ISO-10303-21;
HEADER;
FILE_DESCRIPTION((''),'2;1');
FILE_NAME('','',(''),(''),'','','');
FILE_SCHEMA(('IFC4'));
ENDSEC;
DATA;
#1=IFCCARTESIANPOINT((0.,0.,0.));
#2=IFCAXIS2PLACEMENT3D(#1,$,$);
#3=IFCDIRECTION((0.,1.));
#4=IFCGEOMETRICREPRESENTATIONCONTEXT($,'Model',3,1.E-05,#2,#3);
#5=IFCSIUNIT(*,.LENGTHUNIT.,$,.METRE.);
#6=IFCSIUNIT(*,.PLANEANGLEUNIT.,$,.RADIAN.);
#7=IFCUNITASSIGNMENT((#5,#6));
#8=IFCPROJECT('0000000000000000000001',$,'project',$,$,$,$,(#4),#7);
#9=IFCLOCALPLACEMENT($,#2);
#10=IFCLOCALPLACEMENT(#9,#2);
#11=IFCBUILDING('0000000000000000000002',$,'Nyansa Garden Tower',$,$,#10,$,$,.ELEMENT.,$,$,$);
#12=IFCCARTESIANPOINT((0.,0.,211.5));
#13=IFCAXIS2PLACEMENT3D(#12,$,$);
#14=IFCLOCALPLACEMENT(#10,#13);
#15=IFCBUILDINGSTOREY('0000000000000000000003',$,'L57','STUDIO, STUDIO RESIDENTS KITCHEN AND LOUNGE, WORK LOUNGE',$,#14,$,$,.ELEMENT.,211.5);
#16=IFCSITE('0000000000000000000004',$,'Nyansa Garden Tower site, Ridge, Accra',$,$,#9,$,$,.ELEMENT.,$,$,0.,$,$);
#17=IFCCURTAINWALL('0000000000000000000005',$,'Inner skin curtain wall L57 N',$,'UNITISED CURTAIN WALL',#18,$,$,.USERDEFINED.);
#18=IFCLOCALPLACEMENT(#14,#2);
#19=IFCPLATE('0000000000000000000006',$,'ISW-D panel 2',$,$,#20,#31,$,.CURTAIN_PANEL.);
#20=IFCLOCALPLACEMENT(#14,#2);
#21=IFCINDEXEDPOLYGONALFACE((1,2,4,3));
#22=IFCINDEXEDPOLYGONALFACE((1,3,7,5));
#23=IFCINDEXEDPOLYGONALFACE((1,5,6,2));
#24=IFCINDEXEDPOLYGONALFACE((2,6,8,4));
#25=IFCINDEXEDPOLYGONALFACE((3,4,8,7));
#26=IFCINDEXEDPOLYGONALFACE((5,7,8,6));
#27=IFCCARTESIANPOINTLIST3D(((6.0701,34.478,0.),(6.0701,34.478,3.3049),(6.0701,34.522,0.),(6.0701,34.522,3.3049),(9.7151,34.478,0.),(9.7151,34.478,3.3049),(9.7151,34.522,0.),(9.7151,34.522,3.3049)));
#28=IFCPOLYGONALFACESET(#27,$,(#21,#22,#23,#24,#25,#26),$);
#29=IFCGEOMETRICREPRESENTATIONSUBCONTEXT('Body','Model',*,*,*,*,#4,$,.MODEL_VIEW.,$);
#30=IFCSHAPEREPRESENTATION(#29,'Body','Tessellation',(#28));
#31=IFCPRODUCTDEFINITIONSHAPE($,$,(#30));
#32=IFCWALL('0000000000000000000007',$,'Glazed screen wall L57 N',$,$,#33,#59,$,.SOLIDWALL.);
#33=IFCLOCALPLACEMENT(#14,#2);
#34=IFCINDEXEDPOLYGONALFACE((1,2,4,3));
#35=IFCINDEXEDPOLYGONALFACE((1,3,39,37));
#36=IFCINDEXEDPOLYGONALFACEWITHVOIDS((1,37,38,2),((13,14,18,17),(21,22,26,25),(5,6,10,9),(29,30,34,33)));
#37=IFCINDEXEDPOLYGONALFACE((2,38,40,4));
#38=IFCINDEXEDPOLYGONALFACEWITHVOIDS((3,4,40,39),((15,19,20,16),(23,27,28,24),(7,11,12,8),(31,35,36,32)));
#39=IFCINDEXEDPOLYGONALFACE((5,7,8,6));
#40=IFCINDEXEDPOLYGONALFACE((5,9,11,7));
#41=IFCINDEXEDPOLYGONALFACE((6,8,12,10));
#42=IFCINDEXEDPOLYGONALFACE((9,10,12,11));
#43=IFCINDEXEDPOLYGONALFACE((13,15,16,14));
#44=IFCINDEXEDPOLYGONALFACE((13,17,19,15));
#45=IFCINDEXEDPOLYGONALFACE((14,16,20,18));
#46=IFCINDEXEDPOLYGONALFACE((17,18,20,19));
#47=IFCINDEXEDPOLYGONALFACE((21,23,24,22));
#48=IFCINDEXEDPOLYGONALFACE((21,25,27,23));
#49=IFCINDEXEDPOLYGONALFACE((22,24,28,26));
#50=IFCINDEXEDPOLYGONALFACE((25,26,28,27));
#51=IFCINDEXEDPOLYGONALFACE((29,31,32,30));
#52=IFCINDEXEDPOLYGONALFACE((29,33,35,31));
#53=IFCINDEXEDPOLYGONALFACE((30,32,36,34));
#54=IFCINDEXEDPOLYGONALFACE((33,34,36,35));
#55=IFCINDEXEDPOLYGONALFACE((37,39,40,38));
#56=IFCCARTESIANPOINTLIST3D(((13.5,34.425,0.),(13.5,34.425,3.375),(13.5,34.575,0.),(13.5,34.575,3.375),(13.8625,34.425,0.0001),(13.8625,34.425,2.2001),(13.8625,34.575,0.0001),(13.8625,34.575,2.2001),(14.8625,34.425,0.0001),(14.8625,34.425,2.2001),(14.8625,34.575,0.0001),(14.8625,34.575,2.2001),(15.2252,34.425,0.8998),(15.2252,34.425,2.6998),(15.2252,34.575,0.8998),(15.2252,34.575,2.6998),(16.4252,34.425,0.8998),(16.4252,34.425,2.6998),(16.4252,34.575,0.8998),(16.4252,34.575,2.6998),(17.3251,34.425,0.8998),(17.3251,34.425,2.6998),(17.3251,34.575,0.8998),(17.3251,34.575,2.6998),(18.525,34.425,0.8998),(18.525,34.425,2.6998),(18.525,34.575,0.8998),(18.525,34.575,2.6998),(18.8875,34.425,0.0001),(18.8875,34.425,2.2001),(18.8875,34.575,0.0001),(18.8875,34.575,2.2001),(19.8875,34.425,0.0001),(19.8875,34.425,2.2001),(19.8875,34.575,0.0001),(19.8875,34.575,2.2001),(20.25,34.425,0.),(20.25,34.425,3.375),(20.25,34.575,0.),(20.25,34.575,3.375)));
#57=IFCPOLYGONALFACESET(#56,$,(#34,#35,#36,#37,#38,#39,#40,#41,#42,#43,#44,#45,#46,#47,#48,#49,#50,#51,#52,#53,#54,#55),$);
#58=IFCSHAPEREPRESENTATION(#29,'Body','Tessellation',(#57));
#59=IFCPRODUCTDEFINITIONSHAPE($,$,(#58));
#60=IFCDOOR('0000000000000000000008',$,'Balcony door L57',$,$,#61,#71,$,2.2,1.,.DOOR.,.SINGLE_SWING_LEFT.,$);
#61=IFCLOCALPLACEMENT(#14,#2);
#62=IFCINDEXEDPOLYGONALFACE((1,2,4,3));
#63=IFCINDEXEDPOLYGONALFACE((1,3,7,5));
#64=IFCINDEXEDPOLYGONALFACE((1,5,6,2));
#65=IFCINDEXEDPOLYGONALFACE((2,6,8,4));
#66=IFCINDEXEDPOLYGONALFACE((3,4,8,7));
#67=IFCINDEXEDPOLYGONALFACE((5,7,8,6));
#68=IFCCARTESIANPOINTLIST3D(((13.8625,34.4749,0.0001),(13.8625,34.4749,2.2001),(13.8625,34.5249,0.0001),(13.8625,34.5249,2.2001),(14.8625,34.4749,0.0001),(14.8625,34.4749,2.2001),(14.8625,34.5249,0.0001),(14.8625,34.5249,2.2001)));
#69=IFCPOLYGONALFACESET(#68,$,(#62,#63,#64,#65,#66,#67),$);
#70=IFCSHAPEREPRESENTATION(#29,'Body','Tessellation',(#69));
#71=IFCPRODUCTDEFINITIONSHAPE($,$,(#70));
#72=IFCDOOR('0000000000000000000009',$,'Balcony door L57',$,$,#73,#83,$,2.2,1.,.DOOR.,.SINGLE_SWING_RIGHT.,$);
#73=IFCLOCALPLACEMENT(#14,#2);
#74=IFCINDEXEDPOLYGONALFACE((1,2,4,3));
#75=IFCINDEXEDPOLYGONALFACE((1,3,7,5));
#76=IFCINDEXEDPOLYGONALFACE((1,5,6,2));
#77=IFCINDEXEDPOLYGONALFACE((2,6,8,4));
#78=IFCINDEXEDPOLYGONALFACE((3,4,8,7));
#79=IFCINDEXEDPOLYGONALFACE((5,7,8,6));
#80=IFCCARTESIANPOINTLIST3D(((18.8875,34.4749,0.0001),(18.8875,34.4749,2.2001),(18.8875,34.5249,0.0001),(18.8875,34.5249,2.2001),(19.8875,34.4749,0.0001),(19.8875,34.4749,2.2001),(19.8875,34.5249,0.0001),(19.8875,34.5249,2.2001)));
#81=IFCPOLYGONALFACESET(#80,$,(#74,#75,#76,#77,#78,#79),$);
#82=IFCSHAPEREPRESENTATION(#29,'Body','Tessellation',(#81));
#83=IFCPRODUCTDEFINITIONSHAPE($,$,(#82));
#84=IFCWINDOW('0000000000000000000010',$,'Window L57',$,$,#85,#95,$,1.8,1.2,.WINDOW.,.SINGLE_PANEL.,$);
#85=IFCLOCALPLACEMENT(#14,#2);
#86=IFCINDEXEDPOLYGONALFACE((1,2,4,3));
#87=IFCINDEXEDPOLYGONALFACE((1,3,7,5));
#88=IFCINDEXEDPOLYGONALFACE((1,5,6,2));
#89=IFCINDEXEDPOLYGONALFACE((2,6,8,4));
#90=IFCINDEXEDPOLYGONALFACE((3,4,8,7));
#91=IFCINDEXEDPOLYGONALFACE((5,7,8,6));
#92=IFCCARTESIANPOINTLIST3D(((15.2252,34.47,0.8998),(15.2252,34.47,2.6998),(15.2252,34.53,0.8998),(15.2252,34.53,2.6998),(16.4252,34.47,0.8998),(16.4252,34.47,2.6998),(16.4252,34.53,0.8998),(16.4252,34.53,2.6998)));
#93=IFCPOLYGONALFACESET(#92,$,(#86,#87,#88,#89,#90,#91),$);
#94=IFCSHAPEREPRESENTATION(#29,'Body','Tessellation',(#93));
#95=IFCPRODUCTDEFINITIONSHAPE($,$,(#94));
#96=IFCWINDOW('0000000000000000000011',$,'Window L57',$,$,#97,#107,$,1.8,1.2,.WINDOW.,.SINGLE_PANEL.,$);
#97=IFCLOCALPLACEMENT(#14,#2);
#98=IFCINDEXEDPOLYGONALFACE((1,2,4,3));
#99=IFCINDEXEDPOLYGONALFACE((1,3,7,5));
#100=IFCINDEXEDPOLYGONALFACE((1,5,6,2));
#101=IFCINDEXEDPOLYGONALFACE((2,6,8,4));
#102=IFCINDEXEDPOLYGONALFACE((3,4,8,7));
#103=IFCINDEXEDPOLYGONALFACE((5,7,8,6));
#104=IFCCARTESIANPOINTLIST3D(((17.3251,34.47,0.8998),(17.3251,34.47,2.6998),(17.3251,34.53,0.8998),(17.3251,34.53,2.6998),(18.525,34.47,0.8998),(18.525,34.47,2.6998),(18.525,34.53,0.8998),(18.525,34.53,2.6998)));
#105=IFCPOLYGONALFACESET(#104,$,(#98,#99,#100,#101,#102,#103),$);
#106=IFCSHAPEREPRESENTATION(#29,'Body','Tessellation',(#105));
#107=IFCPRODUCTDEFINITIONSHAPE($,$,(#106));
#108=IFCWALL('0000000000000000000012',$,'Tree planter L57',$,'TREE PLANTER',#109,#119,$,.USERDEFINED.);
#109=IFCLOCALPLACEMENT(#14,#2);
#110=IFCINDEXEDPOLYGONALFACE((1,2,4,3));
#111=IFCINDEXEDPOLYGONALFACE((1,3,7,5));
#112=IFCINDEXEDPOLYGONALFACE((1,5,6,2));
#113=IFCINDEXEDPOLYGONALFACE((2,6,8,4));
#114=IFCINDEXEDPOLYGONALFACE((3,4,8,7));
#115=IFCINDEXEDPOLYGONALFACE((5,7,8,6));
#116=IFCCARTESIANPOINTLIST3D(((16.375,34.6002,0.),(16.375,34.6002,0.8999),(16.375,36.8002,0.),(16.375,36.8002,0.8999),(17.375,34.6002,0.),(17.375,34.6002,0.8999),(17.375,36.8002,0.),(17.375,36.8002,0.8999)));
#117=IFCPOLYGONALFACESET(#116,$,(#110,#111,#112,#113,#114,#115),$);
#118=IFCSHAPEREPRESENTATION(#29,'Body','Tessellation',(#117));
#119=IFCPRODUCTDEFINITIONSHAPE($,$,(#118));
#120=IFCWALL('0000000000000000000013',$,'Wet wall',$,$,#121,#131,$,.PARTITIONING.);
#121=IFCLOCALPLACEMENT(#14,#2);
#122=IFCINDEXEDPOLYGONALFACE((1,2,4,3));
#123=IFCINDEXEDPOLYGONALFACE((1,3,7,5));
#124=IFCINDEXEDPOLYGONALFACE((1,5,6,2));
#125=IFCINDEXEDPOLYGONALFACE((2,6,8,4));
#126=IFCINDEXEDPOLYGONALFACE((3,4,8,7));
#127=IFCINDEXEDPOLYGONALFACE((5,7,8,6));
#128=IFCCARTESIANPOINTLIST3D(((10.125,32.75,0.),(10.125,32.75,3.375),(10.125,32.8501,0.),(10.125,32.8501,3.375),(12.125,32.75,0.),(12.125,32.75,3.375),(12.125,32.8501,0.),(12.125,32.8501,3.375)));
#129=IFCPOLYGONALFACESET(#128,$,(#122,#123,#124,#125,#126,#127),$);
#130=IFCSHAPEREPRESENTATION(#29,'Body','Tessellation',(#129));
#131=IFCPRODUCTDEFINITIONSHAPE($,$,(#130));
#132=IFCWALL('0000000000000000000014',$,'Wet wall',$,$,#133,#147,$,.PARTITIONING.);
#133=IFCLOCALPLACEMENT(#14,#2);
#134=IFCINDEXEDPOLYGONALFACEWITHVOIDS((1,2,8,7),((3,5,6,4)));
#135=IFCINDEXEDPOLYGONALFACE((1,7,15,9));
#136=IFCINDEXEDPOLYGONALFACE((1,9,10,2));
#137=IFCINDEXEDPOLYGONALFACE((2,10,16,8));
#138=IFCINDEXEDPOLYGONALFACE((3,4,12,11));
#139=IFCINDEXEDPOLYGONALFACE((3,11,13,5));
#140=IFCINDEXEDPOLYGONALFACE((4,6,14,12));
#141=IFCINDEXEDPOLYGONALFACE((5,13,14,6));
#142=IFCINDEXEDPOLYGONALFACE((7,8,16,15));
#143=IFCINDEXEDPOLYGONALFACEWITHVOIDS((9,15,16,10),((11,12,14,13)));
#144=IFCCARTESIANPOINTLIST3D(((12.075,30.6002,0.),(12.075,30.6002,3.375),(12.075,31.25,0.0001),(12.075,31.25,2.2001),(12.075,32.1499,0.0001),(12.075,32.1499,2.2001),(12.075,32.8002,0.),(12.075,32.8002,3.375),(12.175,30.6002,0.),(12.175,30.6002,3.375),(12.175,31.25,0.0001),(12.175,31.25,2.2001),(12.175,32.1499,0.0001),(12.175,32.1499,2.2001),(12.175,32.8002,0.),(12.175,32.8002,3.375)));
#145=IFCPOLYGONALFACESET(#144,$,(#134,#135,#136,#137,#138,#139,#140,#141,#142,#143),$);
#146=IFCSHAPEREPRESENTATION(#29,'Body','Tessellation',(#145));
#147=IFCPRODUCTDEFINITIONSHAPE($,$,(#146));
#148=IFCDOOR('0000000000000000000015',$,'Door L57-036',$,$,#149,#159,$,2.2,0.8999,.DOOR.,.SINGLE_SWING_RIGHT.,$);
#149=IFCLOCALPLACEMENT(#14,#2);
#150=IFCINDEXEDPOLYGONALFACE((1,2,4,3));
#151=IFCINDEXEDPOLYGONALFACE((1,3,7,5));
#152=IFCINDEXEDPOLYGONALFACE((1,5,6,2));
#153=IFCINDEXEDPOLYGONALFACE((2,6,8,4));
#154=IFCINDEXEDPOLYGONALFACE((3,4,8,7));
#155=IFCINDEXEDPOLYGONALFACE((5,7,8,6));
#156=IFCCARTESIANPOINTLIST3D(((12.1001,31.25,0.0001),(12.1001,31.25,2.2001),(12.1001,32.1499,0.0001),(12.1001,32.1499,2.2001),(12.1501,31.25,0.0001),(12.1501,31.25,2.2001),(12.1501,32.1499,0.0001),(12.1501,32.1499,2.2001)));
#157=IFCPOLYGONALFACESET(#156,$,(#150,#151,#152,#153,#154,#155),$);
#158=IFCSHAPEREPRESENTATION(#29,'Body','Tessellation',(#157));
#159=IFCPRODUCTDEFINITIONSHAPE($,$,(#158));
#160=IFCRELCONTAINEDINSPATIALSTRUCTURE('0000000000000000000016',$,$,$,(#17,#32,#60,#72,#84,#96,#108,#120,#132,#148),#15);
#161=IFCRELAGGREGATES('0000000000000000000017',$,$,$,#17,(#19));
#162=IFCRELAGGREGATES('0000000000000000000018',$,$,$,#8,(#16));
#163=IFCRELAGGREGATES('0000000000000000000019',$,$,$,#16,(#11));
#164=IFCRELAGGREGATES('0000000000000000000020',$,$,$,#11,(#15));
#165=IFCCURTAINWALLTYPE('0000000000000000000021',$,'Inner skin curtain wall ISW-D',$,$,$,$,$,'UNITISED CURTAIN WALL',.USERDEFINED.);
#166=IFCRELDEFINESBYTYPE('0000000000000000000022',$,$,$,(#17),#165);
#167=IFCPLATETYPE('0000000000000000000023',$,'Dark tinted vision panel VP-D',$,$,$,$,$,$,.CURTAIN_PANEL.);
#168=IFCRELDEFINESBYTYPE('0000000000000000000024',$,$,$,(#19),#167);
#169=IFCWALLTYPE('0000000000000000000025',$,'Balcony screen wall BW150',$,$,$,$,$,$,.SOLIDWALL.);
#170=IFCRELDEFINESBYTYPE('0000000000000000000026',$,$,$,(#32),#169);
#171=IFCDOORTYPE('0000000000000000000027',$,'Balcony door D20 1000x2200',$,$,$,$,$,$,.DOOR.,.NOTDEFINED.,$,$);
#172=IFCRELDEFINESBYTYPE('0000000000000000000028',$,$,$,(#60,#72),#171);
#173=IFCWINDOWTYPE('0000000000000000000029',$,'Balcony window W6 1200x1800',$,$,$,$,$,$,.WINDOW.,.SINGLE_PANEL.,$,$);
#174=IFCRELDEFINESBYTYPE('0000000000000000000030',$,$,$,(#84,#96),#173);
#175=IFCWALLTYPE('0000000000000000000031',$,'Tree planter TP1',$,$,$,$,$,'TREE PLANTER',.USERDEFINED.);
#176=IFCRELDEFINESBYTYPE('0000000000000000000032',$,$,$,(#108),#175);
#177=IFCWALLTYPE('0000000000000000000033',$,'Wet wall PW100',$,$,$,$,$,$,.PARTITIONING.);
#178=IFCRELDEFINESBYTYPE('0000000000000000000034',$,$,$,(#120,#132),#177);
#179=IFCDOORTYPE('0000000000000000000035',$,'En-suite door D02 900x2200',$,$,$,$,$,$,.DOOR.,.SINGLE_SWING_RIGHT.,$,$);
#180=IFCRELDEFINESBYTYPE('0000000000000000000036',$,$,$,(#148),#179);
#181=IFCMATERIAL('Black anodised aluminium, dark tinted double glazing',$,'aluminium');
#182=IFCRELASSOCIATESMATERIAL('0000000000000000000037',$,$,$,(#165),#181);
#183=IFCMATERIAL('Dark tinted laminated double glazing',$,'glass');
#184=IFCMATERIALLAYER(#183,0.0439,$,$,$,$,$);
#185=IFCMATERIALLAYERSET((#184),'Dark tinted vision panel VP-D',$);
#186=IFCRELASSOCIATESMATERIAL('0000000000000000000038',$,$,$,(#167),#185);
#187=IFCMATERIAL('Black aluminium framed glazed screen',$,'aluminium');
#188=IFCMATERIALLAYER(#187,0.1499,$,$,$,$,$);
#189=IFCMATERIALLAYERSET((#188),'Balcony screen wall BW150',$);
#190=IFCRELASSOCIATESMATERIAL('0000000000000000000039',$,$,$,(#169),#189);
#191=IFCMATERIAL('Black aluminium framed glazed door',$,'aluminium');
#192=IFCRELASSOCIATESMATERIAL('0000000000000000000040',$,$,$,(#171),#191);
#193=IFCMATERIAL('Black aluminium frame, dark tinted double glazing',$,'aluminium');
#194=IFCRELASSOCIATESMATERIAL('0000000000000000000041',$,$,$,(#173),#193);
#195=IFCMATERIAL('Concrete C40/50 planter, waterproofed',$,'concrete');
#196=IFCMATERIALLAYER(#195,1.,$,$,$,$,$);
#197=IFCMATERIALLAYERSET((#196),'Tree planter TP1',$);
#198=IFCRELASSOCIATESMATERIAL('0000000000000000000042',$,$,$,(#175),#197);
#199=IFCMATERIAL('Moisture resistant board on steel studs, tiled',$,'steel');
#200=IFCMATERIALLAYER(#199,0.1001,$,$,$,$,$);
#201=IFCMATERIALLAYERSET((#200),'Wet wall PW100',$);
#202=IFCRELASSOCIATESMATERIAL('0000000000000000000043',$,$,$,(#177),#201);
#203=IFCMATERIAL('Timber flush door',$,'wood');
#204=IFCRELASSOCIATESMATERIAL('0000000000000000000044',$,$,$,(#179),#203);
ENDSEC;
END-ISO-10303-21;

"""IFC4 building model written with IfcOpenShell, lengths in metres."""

from ifc_helpers import new_model, si_unit, direction, frame, frame_2d, origin, origin_2d, place, context, subcontext, project, spatial, rectangle, extrude, material, layer, layer_set, type_object, element, fill, aggregate, save


model = new_model("IFC4")

# Units and contexts
model_context = context("Model", 3, precision=1e-05, world=origin(), true_north=direction((0.0, 1.0)))
body_context = subcontext(model_context, "Body", "Model", "MODEL_VIEW")
ifc_project = project(units=[si_unit("LENGTHUNIT", "METRE"), si_unit("PLANEANGLEUNIT", "RADIAN")], contexts=[model_context])

# Site, building, storey
site_placement = place(None, origin())
site = spatial("IfcSite", under=ifc_project, at=site_placement, Name="Nyansa Garden Tower site, Ridge, Accra", CompositionType="ELEMENT", RefElevation=0.0)
building_placement = place(site_placement, origin())
building = spatial("IfcBuilding", under=site, at=building_placement, Name="Nyansa Garden Tower", CompositionType="ELEMENT")
storey_placement = place(building_placement, frame((0.0, 0.0, 211.5)))
storey = spatial("IfcBuildingStorey", under=building, at=storey_placement, Name="L57", Description="STUDIO, STUDIO RESIDENTS KITCHEN AND LOUNGE, WORK LOUNGE", CompositionType="ELEMENT", Elevation=211.5)

# Curtain wall
ifc_material_1 = material(Name="Black anodised aluminium, dark tinted double glazing", Category="aluminium")
curtain_wall_type = type_object("IfcCurtainWallType", Name="Inner skin curtain wall ISW-D", ElementType="UNITISED CURTAIN WALL", PredefinedType="USERDEFINED", material=ifc_material_1)
curtain_wall_placement = place(storey_placement, origin())
curtain_wall = element("IfcCurtainWall", 1, at=curtain_wall_placement, inside=storey, type_object=curtain_wall_type, Name="Inner skin curtain wall L57 N", ObjectType="UNITISED CURTAIN WALL", PredefinedType="USERDEFINED")

# Plate
ifc_material_2 = material(Name="Dark tinted laminated double glazing", Category="glass")
ifc_layer_1 = layer(ifc_material_2, 0.0439)
ifc_layer_set_1 = layer_set([ifc_layer_1], Name="Dark tinted vision panel VP-D")
plate_type = type_object("IfcPlateType", Name="Dark tinted vision panel VP-D", PredefinedType="CURTAIN_PANEL", material=ifc_layer_set_1)
plate_1_placement = place(storey_placement, frame((7.8926, 34.5, 0.0), z_axis=(0.0, 0.0, 1.0), x_axis=(-1.0, 0.0, 0.0)))
plate_1 = element("IfcPlate", 2, at=plate_1_placement, type_object=plate_type, Name="ISW-D panel 2", PredefinedType="CURTAIN_PANEL", context=body_context, shape_type="SweptSolid", body=[
    extrude(rectangle(XDim=3.645, YDim=0.0439, at=origin_2d()), origin(), (0.0, 0.0, 1.0), 3.3049),
])
aggregate(curtain_wall, [plate_1])

# Wall, openings, doors, windows
ifc_material_3 = material(Name="Black aluminium framed glazed screen", Category="aluminium")
ifc_layer_2 = layer(ifc_material_3, 0.1499)
ifc_layer_set_2 = layer_set([ifc_layer_2], Name="Balcony screen wall BW150")
wall_type_1 = type_object("IfcWallType", Name="Balcony screen wall BW150", PredefinedType="SOLIDWALL", material=ifc_layer_set_2)
wall_1_placement = place(storey_placement, frame((13.5, 34.5, 0.0), z_axis=(0.0, 0.0, 1.0), x_axis=(1.0, 0.0, 0.0)))
wall_1 = element("IfcWall", 3, at=wall_1_placement, inside=storey, type_object=wall_type_1, Name="Glazed screen wall L57 N", PredefinedType="SOLIDWALL", context=body_context, shape_type="SweptSolid", body=[
    extrude(rectangle(XDim=6.75, YDim=0.1499, at=frame_2d((3.375, 0.0))), origin(), (0.0, 0.0, 1.0), 3.375),
])
opening_1_placement = place(wall_1_placement, frame((0.3625, 0.0, 0.0)))
opening_1 = element("IfcOpeningElement", 4, at=opening_1_placement, cuts=wall_1, PredefinedType="OPENING", context=body_context, shape_type="SweptSolid", body=[
    extrude(rectangle(XDim=1.0, YDim=2.2, at=frame_2d((0.5, 1.1001))), frame((0.0, 0.085, 0.0), z_axis=(0.0, -1.0, 0.0), x_axis=(1.0, 0.0, 0.0)), (0.0, 0.0, 1.0), 0.1699),
])
opening_2_placement = place(wall_1_placement, frame((1.7251, 0.0, 0.8999)))
opening_2 = element("IfcOpeningElement", 5, at=opening_2_placement, cuts=wall_1, PredefinedType="OPENING", context=body_context, shape_type="SweptSolid", body=[
    extrude(rectangle(XDim=1.2, YDim=1.8, at=frame_2d((0.6001, 0.8999))), frame((0.0, 0.085, 0.0), z_axis=(0.0, -1.0, 0.0), x_axis=(1.0, 0.0, 0.0)), (0.0, 0.0, 1.0), 0.1699),
])
opening_3_placement = place(wall_1_placement, frame((5.3875, 0.0, 0.0)))
opening_3 = element("IfcOpeningElement", 6, at=opening_3_placement, cuts=wall_1, PredefinedType="OPENING", context=body_context, shape_type="SweptSolid", body=[
    extrude(rectangle(XDim=1.0, YDim=2.2, at=frame_2d((0.5, 1.1001))), frame((0.0, 0.085, 0.0), z_axis=(0.0, -1.0, 0.0), x_axis=(1.0, 0.0, 0.0)), (0.0, 0.0, 1.0), 0.1699),
])
opening_4_placement = place(wall_1_placement, frame((3.825, 0.0, 0.8999)))
opening_4 = element("IfcOpeningElement", 7, at=opening_4_placement, cuts=wall_1, PredefinedType="OPENING", context=body_context, shape_type="SweptSolid", body=[
    extrude(rectangle(XDim=1.2, YDim=1.8, at=frame_2d((0.6001, 0.8999))), frame((0.0, 0.085, 0.0), z_axis=(0.0, -1.0, 0.0), x_axis=(1.0, 0.0, 0.0)), (0.0, 0.0, 1.0), 0.1699),
])
ifc_material_4 = material(Name="Black aluminium framed glazed door", Category="aluminium")
door_type_1 = type_object("IfcDoorType", Name="Balcony door D20 1000x2200", OperationType="NOTDEFINED", PredefinedType="DOOR", material=ifc_material_4)
door_1_placement = place(opening_1_placement, origin())
door_1 = element("IfcDoor", 8, at=door_1_placement, inside=storey, type_object=door_type_1, Name="Balcony door L57", OperationType="SINGLE_SWING_LEFT", OverallHeight=2.2, OverallWidth=1.0, PredefinedType="DOOR", context=body_context, shape_type="SweptSolid", body=[
    extrude(rectangle(XDim=1.0, YDim=2.2, at=frame_2d((0.5, 1.1001))), frame((0.0, 0.0249, 0.0), z_axis=(0.0, -1.0, 0.0), x_axis=(1.0, 0.0, 0.0)), (0.0, 0.0, 1.0), 0.05),
])
fill(opening_1, door_1)
door_2_placement = place(opening_3_placement, origin())
door_2 = element("IfcDoor", 9, at=door_2_placement, inside=storey, type_object=door_type_1, Name="Balcony door L57", OperationType="SINGLE_SWING_RIGHT", OverallHeight=2.2, OverallWidth=1.0, PredefinedType="DOOR", context=body_context, shape_type="SweptSolid", body=[
    extrude(rectangle(XDim=1.0, YDim=2.2, at=frame_2d((0.5, 1.1001))), frame((0.0, 0.0249, 0.0), z_axis=(0.0, -1.0, 0.0), x_axis=(1.0, 0.0, 0.0)), (0.0, 0.0, 1.0), 0.05),
])
fill(opening_3, door_2)
ifc_material_5 = material(Name="Black aluminium frame, dark tinted double glazing", Category="aluminium")
window_type = type_object("IfcWindowType", Name="Balcony window W6 1200x1800", PartitioningType="SINGLE_PANEL", PredefinedType="WINDOW", material=ifc_material_5)
window_1_placement = place(opening_2_placement, origin())
window_1 = element("IfcWindow", 10, at=window_1_placement, inside=storey, type_object=window_type, Name="Window L57", OverallHeight=1.8, OverallWidth=1.2, PartitioningType="SINGLE_PANEL", PredefinedType="WINDOW", context=body_context, shape_type="SweptSolid", body=[
    extrude(rectangle(XDim=1.2, YDim=1.8, at=frame_2d((0.6001, 0.8999))), frame((0.0, 0.03, 0.0), z_axis=(0.0, -1.0, 0.0), x_axis=(1.0, 0.0, 0.0)), (0.0, 0.0, 1.0), 0.0601),
])
fill(opening_2, window_1)
window_2_placement = place(opening_4_placement, origin())
window_2 = element("IfcWindow", 11, at=window_2_placement, inside=storey, type_object=window_type, Name="Window L57", OverallHeight=1.8, OverallWidth=1.2, PartitioningType="SINGLE_PANEL", PredefinedType="WINDOW", context=body_context, shape_type="SweptSolid", body=[
    extrude(rectangle(XDim=1.2, YDim=1.8, at=frame_2d((0.6001, 0.8999))), frame((0.0, 0.03, 0.0), z_axis=(0.0, -1.0, 0.0), x_axis=(1.0, 0.0, 0.0)), (0.0, 0.0, 1.0), 0.0601),
])
fill(opening_4, window_2)

# Walls
ifc_material_6 = material(Name="Concrete C40/50 planter, waterproofed", Category="concrete")
ifc_layer_3 = layer(ifc_material_6, 1.0)
ifc_layer_set_3 = layer_set([ifc_layer_3], Name="Tree planter TP1")
wall_type_2 = type_object("IfcWallType", Name="Tree planter TP1", ElementType="TREE PLANTER", PredefinedType="USERDEFINED", material=ifc_layer_set_3)
wall_2_placement = place(storey_placement, frame((16.875, 34.6001, 0.0), z_axis=(0.0, 0.0, 1.0), x_axis=(0.0, 1.0, 0.0)))
element("IfcWall", 12, at=wall_2_placement, inside=storey, type_object=wall_type_2, Name="Tree planter L57", ObjectType="TREE PLANTER", PredefinedType="USERDEFINED", context=body_context, shape_type="SweptSolid", body=[
    extrude(rectangle(XDim=2.2, YDim=1.0, at=frame_2d((1.1001, 0.0))), origin(), (0.0, 0.0, 1.0), 0.8999),
])
ifc_material_7 = material(Name="Moisture resistant board on steel studs, tiled", Category="steel")
ifc_layer_4 = layer(ifc_material_7, 0.1001)
ifc_layer_set_4 = layer_set([ifc_layer_4], Name="Wet wall PW100")
wall_type_3 = type_object("IfcWallType", Name="Wet wall PW100", PredefinedType="PARTITIONING", material=ifc_layer_set_4)
wall_3_placement = place(storey_placement, frame((10.125, 32.8, 0.0), z_axis=(0.0, 0.0, 1.0), x_axis=(1.0, 0.0, 0.0)))
element("IfcWall", 13, at=wall_3_placement, inside=storey, type_object=wall_type_3, Name="Wet wall", PredefinedType="PARTITIONING", context=body_context, shape_type="SweptSolid", body=[
    extrude(rectangle(XDim=2.0, YDim=0.1001, at=frame_2d((1.0, 0.0))), origin(), (0.0, 0.0, 1.0), 3.375),
])

# Wall, opening, door
wall_4_placement = place(storey_placement, frame((12.125, 30.6001, 0.0), z_axis=(0.0, 0.0, 1.0), x_axis=(0.0, 1.0, 0.0)))
wall_4 = element("IfcWall", 14, at=wall_4_placement, inside=storey, type_object=wall_type_3, Name="Wet wall", PredefinedType="PARTITIONING", context=body_context, shape_type="SweptSolid", body=[
    extrude(rectangle(XDim=2.2, YDim=0.1001, at=frame_2d((1.1001, 0.0))), origin(), (0.0, 0.0, 1.0), 3.375),
])
opening_5_placement = place(wall_4_placement, frame((0.6499, 0.0, 0.0)))
opening_5 = element("IfcOpeningElement", 15, at=opening_5_placement, cuts=wall_4, PredefinedType="OPENING", context=body_context, shape_type="SweptSolid", body=[
    extrude(rectangle(XDim=0.8999, YDim=2.2, at=frame_2d((0.45, 1.1001))), frame((0.0, 0.0601, 0.0), z_axis=(0.0, -1.0, 0.0), x_axis=(1.0, 0.0, 0.0)), (0.0, 0.0, 1.0), 0.1201),
])
ifc_material_8 = material(Name="Timber flush door", Category="wood")
door_type_2 = type_object("IfcDoorType", Name="En-suite door D02 900x2200", OperationType="SINGLE_SWING_RIGHT", PredefinedType="DOOR", material=ifc_material_8)
door_3_placement = place(opening_5_placement, origin())
door_3 = element("IfcDoor", 16, at=door_3_placement, inside=storey, type_object=door_type_2, Name="Door L57-036", OperationType="SINGLE_SWING_RIGHT", OverallHeight=2.2, OverallWidth=0.8999, PredefinedType="DOOR", context=body_context, shape_type="SweptSolid", body=[
    extrude(rectangle(XDim=0.8999, YDim=2.2, at=frame_2d((0.45, 1.1001))), frame((0.0, 0.0249, 0.0), z_axis=(0.0, -1.0, 0.0), x_axis=(1.0, 0.0, 0.0)), (0.0, 0.0, 1.0), 0.05),
])
fill(opening_5, door_3)

save(model, "model.ifc")
